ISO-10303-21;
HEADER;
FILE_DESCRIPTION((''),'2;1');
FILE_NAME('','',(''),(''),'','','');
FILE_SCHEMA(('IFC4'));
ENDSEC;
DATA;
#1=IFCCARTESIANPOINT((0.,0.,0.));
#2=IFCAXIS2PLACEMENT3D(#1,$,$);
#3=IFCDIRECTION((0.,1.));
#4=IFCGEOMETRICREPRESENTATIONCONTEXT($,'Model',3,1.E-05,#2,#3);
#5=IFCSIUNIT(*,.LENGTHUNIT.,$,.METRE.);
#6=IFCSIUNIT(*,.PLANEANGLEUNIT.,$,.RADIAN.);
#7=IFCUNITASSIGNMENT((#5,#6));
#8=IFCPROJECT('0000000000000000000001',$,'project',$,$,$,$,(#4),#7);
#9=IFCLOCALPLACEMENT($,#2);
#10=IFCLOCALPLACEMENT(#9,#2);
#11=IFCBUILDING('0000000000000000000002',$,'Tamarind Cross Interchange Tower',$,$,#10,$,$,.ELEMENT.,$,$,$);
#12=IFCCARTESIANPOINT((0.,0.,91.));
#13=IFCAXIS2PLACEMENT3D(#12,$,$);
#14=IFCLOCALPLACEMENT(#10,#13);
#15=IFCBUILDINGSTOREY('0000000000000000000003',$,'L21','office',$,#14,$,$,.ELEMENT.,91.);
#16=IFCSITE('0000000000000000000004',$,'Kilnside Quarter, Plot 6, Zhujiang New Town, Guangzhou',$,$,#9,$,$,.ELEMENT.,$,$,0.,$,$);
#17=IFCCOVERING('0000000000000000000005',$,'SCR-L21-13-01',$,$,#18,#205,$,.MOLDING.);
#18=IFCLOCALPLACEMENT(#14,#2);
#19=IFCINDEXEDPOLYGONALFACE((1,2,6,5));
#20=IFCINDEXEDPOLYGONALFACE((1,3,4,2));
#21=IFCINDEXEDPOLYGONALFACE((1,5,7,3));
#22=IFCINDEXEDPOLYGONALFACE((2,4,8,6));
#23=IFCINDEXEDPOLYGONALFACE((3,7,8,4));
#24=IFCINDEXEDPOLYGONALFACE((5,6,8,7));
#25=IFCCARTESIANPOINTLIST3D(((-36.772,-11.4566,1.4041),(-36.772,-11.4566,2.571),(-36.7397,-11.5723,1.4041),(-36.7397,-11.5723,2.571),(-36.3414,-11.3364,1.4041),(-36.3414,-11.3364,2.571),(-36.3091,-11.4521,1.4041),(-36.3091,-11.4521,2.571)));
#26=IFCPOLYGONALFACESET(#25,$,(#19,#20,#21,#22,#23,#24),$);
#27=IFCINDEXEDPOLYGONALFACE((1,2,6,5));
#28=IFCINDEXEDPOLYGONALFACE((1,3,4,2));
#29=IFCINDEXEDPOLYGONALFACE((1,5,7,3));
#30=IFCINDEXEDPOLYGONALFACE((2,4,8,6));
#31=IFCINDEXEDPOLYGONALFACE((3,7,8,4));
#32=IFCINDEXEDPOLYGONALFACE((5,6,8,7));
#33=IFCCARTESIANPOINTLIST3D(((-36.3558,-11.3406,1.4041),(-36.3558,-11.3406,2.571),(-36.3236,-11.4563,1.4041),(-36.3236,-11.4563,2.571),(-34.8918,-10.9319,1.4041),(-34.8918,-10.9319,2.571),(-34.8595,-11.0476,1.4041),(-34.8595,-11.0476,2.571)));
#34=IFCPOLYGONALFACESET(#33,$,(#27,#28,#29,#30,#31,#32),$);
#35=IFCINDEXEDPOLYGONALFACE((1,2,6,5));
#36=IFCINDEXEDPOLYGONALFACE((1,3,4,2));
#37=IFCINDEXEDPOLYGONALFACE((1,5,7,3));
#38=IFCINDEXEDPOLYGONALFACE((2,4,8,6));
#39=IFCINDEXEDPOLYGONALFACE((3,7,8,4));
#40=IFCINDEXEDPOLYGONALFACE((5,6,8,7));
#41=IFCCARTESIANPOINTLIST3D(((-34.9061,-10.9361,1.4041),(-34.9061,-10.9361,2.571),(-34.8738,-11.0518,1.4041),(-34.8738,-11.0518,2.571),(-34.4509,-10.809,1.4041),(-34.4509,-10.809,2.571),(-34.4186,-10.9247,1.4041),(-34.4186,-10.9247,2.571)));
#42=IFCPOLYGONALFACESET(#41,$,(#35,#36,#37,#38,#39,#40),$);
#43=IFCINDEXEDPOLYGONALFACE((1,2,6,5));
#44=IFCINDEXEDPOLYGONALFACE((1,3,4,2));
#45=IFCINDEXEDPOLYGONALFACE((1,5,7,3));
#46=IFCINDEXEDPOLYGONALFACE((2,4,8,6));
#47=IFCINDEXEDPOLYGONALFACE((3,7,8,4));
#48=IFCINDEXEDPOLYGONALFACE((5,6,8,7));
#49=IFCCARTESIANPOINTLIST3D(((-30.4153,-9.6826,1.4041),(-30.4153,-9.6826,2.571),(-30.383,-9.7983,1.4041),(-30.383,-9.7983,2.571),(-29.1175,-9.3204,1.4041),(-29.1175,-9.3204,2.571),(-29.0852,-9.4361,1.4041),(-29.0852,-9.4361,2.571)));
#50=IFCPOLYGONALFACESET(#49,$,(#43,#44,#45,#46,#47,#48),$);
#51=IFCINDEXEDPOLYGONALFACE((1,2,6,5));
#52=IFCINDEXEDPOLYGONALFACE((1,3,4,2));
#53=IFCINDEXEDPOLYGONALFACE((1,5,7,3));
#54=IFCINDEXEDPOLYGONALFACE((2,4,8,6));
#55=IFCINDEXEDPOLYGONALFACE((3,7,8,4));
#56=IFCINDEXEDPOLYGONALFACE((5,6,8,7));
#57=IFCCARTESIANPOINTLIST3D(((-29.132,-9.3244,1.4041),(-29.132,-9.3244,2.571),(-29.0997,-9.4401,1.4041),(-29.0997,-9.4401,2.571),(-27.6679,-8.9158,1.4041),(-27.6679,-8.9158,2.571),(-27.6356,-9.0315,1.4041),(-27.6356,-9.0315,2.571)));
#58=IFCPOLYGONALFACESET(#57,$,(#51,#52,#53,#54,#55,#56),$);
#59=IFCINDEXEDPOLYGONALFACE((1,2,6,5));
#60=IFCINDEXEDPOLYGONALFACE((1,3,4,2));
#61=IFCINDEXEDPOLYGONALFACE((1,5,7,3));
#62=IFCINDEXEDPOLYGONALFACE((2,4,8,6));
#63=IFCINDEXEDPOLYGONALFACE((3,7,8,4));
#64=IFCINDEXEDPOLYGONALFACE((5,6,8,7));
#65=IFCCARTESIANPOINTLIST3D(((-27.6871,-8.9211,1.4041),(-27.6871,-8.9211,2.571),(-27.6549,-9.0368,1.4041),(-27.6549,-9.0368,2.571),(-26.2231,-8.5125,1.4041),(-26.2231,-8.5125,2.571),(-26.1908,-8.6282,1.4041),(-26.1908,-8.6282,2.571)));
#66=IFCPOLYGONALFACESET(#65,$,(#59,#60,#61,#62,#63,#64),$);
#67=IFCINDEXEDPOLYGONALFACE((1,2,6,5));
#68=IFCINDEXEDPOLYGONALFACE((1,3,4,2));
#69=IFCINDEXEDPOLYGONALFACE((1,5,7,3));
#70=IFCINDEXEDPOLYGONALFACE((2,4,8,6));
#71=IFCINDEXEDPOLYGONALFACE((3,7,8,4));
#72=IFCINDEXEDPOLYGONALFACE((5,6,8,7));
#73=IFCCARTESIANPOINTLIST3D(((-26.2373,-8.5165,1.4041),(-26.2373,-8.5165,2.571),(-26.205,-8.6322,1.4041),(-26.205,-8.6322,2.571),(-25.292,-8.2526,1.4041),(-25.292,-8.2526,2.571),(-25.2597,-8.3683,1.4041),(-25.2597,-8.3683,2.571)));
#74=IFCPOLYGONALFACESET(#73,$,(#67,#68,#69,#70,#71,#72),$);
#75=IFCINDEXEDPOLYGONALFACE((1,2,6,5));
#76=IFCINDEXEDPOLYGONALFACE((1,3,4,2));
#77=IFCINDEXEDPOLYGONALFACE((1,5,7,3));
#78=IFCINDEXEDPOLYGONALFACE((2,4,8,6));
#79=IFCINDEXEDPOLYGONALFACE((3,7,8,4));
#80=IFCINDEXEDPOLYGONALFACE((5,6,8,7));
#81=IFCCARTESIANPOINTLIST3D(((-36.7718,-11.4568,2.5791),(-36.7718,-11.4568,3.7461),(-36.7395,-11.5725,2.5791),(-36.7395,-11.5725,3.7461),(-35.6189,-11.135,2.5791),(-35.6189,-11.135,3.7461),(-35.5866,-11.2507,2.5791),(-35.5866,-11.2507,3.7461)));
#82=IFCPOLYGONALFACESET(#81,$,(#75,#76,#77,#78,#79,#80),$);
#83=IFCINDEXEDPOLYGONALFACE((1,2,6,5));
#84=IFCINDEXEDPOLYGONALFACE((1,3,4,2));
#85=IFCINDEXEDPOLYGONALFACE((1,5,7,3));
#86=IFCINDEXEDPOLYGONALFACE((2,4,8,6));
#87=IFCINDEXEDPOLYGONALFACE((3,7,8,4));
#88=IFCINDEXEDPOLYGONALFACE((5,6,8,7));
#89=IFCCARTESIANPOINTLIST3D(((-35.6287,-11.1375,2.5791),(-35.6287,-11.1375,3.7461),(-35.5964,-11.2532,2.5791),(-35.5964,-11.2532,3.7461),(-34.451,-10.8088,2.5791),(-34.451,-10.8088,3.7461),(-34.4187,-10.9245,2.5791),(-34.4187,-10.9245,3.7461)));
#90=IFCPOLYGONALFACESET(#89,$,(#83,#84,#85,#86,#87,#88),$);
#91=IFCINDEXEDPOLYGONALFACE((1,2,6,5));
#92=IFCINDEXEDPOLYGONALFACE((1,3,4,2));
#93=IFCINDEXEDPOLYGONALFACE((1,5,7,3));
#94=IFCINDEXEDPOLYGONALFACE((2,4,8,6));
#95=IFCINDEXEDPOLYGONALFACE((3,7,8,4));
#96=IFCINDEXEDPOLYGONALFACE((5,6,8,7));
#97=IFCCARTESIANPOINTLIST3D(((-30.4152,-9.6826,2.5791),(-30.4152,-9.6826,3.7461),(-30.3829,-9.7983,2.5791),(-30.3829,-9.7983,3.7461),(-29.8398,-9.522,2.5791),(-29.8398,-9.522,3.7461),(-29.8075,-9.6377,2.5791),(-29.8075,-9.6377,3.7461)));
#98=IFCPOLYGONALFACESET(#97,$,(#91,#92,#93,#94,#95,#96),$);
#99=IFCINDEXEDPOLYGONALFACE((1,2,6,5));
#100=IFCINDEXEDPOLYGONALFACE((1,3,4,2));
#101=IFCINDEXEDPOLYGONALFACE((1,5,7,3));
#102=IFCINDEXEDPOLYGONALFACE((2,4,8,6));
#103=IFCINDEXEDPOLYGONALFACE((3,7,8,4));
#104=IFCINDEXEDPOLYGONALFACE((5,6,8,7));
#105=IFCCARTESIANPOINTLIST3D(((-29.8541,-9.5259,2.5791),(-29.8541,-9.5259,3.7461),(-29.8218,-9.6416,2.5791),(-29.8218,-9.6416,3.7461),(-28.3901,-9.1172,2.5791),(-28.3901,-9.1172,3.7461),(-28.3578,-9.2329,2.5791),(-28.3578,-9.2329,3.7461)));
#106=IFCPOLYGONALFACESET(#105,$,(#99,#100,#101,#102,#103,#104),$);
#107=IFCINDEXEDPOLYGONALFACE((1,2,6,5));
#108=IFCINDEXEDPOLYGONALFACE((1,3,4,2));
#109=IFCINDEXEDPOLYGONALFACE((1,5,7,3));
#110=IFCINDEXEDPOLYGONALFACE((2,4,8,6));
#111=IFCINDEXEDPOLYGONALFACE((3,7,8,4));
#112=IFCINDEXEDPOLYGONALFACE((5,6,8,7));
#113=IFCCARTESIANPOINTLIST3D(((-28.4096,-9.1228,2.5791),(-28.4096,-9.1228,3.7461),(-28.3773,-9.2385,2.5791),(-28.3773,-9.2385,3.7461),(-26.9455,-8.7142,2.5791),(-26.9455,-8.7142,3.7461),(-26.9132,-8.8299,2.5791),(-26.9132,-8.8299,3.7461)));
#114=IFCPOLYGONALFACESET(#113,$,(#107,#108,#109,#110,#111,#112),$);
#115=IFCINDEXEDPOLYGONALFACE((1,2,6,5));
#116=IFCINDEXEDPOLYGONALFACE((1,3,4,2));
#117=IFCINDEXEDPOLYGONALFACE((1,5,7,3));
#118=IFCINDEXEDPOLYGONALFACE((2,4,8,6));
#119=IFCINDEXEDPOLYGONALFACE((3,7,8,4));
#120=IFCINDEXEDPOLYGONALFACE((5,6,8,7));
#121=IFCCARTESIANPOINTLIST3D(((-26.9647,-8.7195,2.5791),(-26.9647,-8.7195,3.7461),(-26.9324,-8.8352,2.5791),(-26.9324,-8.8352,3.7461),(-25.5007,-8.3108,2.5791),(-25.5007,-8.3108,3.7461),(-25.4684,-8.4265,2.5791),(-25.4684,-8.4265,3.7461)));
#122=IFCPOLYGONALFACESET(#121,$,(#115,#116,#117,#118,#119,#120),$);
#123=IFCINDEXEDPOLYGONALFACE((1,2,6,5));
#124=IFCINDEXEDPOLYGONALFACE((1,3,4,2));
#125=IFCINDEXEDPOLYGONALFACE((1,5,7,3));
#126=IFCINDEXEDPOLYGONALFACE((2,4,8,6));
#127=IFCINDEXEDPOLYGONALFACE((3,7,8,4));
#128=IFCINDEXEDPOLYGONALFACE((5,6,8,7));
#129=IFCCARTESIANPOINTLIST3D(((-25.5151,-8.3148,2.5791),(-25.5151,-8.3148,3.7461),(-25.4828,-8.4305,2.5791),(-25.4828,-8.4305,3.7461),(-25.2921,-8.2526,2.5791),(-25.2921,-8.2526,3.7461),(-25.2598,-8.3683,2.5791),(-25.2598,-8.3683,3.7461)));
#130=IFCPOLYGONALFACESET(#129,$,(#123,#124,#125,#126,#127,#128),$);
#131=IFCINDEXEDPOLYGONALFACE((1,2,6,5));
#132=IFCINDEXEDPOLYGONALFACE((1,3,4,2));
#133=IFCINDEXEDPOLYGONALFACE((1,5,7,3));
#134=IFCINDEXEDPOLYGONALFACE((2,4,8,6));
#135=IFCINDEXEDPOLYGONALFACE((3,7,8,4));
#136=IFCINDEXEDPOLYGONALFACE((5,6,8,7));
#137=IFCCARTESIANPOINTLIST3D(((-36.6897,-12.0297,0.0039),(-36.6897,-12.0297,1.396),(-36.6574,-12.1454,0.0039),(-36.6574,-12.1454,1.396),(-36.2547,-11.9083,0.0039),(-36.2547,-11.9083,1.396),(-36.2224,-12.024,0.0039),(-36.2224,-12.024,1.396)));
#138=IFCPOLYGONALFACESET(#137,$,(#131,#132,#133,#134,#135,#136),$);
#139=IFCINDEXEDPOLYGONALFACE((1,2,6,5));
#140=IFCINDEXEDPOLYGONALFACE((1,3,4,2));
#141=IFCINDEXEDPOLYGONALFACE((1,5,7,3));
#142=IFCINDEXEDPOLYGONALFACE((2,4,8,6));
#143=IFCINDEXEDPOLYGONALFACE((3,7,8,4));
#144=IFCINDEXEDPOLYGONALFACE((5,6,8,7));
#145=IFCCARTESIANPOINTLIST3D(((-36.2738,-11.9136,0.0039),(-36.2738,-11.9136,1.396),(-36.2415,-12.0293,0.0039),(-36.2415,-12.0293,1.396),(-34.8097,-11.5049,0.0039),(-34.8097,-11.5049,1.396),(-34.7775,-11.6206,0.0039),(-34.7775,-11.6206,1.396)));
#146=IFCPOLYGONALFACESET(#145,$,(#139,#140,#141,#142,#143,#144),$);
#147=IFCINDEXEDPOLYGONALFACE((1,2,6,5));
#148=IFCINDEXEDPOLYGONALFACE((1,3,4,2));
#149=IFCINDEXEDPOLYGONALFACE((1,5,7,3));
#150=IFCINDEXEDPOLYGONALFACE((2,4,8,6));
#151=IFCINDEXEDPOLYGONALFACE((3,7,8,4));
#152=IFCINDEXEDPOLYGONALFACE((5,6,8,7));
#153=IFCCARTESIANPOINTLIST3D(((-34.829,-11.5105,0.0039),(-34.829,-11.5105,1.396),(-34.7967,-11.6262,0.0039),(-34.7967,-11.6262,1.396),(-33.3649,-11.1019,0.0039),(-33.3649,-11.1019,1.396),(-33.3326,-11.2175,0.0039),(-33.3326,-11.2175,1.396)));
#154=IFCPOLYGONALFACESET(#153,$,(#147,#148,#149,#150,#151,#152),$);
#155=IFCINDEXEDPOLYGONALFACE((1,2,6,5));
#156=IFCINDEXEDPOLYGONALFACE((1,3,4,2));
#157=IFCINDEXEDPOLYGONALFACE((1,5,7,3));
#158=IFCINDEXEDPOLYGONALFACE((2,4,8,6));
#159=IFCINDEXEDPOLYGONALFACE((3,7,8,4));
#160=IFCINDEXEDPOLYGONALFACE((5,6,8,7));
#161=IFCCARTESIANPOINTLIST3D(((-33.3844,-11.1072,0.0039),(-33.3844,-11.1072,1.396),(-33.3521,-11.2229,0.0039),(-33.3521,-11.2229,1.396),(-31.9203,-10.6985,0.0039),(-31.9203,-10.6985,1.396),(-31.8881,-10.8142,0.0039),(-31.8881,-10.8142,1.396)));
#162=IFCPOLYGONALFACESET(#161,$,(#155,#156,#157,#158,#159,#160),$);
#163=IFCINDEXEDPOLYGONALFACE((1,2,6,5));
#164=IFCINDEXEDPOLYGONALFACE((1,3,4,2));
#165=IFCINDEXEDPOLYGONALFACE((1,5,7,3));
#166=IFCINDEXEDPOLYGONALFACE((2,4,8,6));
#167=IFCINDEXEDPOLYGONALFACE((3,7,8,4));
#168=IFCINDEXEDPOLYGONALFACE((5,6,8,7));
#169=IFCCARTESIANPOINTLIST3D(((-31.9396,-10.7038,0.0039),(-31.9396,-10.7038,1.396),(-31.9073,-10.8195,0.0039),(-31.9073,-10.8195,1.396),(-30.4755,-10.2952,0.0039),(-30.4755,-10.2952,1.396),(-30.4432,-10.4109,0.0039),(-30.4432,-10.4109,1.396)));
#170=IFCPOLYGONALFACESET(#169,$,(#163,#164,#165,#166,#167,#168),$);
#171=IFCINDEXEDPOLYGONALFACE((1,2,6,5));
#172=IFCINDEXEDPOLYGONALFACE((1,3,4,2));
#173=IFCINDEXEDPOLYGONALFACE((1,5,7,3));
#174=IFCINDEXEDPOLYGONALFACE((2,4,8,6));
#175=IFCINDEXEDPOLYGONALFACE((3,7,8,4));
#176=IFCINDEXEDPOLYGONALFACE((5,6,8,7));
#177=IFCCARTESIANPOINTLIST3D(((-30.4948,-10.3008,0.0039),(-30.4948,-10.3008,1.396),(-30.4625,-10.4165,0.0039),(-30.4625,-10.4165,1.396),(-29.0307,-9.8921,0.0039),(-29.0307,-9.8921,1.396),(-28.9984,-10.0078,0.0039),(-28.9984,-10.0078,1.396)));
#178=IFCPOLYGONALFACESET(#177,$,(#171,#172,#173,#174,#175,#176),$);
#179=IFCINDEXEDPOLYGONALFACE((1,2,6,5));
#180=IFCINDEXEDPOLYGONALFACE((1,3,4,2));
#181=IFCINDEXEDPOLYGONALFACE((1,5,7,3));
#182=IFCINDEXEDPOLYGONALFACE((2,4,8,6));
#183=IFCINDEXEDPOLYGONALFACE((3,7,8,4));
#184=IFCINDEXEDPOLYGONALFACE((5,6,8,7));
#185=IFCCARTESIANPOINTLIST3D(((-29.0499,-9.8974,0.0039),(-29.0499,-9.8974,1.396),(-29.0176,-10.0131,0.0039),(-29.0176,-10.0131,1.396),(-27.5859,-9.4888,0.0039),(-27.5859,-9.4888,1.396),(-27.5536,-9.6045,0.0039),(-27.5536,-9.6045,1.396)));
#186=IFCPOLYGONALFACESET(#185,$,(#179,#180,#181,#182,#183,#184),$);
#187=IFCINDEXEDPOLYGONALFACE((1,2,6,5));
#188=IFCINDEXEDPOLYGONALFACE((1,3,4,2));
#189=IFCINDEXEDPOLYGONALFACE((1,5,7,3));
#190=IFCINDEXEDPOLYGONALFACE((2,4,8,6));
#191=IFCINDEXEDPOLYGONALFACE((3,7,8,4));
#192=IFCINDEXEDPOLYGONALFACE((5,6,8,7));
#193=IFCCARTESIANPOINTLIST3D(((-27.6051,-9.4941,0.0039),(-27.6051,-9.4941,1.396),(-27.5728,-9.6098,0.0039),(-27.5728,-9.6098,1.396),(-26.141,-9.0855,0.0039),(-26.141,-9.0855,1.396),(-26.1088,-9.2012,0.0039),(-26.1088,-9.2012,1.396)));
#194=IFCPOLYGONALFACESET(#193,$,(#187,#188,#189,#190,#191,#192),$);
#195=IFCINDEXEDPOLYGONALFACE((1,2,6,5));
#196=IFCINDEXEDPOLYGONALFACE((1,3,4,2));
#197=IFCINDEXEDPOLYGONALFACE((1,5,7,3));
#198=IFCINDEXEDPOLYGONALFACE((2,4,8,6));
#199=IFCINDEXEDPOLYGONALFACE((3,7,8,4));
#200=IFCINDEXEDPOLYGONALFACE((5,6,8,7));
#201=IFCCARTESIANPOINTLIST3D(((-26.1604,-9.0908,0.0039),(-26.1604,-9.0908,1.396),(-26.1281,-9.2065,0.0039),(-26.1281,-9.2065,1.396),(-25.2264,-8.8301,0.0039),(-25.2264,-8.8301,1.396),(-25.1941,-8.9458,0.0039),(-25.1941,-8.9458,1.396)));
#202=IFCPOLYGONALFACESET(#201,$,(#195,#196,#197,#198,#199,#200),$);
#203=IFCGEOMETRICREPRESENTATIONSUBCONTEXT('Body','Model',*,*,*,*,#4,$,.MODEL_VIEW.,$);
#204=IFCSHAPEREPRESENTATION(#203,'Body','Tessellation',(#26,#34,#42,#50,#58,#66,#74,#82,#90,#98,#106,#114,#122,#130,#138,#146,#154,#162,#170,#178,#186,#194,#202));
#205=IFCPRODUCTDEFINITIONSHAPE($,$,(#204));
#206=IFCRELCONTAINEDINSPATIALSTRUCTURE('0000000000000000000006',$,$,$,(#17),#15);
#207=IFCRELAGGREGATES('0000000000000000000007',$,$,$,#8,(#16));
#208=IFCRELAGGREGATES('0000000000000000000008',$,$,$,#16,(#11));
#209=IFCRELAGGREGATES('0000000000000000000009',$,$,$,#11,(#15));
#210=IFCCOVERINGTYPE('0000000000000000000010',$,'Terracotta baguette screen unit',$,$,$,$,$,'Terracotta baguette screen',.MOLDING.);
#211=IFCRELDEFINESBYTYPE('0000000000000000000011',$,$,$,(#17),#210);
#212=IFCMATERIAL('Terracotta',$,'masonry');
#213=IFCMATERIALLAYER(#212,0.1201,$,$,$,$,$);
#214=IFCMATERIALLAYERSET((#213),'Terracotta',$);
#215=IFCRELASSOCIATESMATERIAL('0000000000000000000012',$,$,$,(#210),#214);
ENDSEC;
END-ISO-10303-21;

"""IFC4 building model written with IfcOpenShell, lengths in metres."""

from ifc_helpers import new_model, si_unit, direction, frame, origin, origin_2d, place, context, subcontext, project, spatial, rectangle, extrude, material, layer, layer_set, type_object, element, save


model = new_model("IFC4")

# Units and contexts
model_context = context("Model", 3, precision=1e-05, world=origin(), true_north=direction((0.0, 1.0)))
body_context = subcontext(model_context, "Body", "Model", "MODEL_VIEW")
ifc_project = project(units=[si_unit("LENGTHUNIT", "METRE"), si_unit("PLANEANGLEUNIT", "RADIAN")], contexts=[model_context])

# Site, building, storey
site_placement = place(None, origin())
site = spatial("IfcSite", under=ifc_project, at=site_placement, Name="Kilnside Quarter, Plot 6, Zhujiang New Town, Guangzhou", CompositionType="ELEMENT", RefElevation=0.0)
building_placement = place(site_placement, origin())
building = spatial("IfcBuilding", under=site, at=building_placement, Name="Tamarind Cross Interchange Tower", CompositionType="ELEMENT")
storey_placement = place(building_placement, frame((0.0, 0.0, 91.0)))
storey = spatial("IfcBuildingStorey", under=building, at=storey_placement, Name="L21", Description="office", CompositionType="ELEMENT", Elevation=91.0)

# Covering
ifc_material_1 = material(Name="Terracotta", Category="masonry")
ifc_layer_1 = layer(ifc_material_1, 0.1201)
ifc_layer_set_1 = layer_set([ifc_layer_1], Name="Terracotta")
covering_type = type_object("IfcCoveringType", Name="Terracotta baguette screen unit", ElementType="Terracotta baguette screen", PredefinedType="MOLDING", material=ifc_layer_set_1)
covering_1_placement = place(storey_placement, origin())
element("IfcCovering", 1, at=covering_1_placement, inside=storey, type_object=covering_type, Name="SCR-L21-13-01", PredefinedType="MOLDING", context=body_context, shape_type="SweptSolid", body=[
    extrude(rectangle(XDim=0.447, YDim=0.1201, at=origin_2d()), frame((-36.5405, -11.4543, 1.4041), z_axis=(0.0, 0.0, 1.0), x_axis=(0.963187, 0.268831, 0.0)), (0.0, 0.0, 1.0), 1.167),
    extrude(rectangle(XDim=1.52, YDim=0.1201, at=origin_2d()), frame((-35.6077, -11.1941, 1.4041), z_axis=(0.0, 0.0, 1.0), x_axis=(0.963187, 0.268831, 0.0)), (0.0, 0.0, 1.0), 1.167),
    extrude(rectangle(XDim=0.4727, YDim=0.1201, at=origin_2d()), frame((-34.6624, -10.9304, 1.4041), z_axis=(0.0, 0.0, 1.0), x_axis=(0.963187, 0.268831, 0.0)), (0.0, 0.0, 1.0), 1.167),
    extrude(rectangle(XDim=1.3474, YDim=0.1201, at=origin_2d()), frame((-29.7502, -9.5593, 1.4041), z_axis=(0.0, 0.0, 1.0), x_axis=(0.963187, 0.268831, 0.0)), (0.0, 0.0, 1.0), 1.167),
    extrude(rectangle(XDim=1.52, YDim=0.1201, at=origin_2d()), frame((-28.3838, -9.178, 1.4041), z_axis=(0.0, 0.0, 1.0), x_axis=(0.963187, 0.268831, 0.0)), (0.0, 0.0, 1.0), 1.167),
    extrude(rectangle(XDim=1.52, YDim=0.1201, at=origin_2d()), frame((-26.939, -8.7747, 1.4041), z_axis=(0.0, 0.0, 1.0), x_axis=(0.963187, 0.268831, 0.0)), (0.0, 0.0, 1.0), 1.167),
    extrude(rectangle(XDim=0.9814, YDim=0.1201, at=origin_2d()), frame((-25.7485, -8.4424, 1.4041), z_axis=(0.0, 0.0, 1.0), x_axis=(0.963187, 0.268831, 0.0)), (0.0, 0.0, 1.0), 1.167),
    extrude(rectangle(XDim=1.197, YDim=0.1201, at=origin_2d()), frame((-36.1792, -11.3538, 2.5791), z_axis=(0.0, 0.0, 1.0), x_axis=(0.963187, 0.268831, 0.0)), (0.0, 0.0, 1.0), 1.167),
    extrude(rectangle(XDim=1.2227, YDim=0.1201, at=origin_2d()), frame((-35.0237, -11.031, 2.5791), z_axis=(0.0, 0.0, 1.0), x_axis=(0.963187, 0.268831, 0.0)), (0.0, 0.0, 1.0), 1.167),
    extrude(rectangle(XDim=0.5974, YDim=0.1201, at=origin_2d()), frame((-30.1113, -9.6602, 2.5791), z_axis=(0.0, 0.0, 1.0), x_axis=(0.963187, 0.268831, 0.0)), (0.0, 0.0, 1.0), 1.167),
    extrude(rectangle(XDim=1.52, YDim=0.1201, at=origin_2d()), frame((-29.106, -9.3794, 2.5791), z_axis=(0.0, 0.0, 1.0), x_axis=(0.963187, 0.268831, 0.0)), (0.0, 0.0, 1.0), 1.167),
    extrude(rectangle(XDim=1.52, YDim=0.1201, at=origin_2d()), frame((-27.6614, -8.9763, 2.5791), z_axis=(0.0, 0.0, 1.0), x_axis=(0.963187, 0.268831, 0.0)), (0.0, 0.0, 1.0), 1.167),
    extrude(rectangle(XDim=1.52, YDim=0.1201, at=origin_2d()), frame((-26.2166, -8.573, 2.5791), z_axis=(0.0, 0.0, 1.0), x_axis=(0.963187, 0.268831, 0.0)), (0.0, 0.0, 1.0), 1.167),
    extrude(rectangle(XDim=0.2314, YDim=0.1201, at=origin_2d()), frame((-25.3875, -8.3416, 2.5791), z_axis=(0.0, 0.0, 1.0), x_axis=(0.963187, 0.268831, 0.0)), (0.0, 0.0, 1.0), 1.167),
    extrude(rectangle(XDim=0.4517, YDim=0.1201, at=origin_2d()), frame((-36.4561, -12.0269, 0.0039), z_axis=(0.0, 0.0, 1.0), x_axis=(0.963187, 0.268831, 0.0)), (0.0, 0.0, 1.0), 1.3921),
    extrude(rectangle(XDim=1.52, YDim=0.1201, at=origin_2d()), frame((-35.5256, -11.7671, 0.0039), z_axis=(0.0, 0.0, 1.0), x_axis=(0.963187, 0.268831, 0.0)), (0.0, 0.0, 1.0), 1.3921),
    extrude(rectangle(XDim=1.52, YDim=0.1201, at=origin_2d()), frame((-34.0808, -11.364, 0.0039), z_axis=(0.0, 0.0, 1.0), x_axis=(0.963187, 0.268831, 0.0)), (0.0, 0.0, 1.0), 1.3921),
    extrude(rectangle(XDim=1.52, YDim=0.1201, at=origin_2d()), frame((-32.6362, -10.9607, 0.0039), z_axis=(0.0, 0.0, 1.0), x_axis=(0.963187, 0.268831, 0.0)), (0.0, 0.0, 1.0), 1.3921),
    extrude(rectangle(XDim=1.52, YDim=0.1201, at=origin_2d()), frame((-31.1914, -10.5574, 0.0039), z_axis=(0.0, 0.0, 1.0), x_axis=(0.963187, 0.268831, 0.0)), (0.0, 0.0, 1.0), 1.3921),
    extrude(rectangle(XDim=1.52, YDim=0.1201, at=origin_2d()), frame((-29.7466, -10.1543, 0.0039), z_axis=(0.0, 0.0, 1.0), x_axis=(0.963187, 0.268831, 0.0)), (0.0, 0.0, 1.0), 1.3921),
    extrude(rectangle(XDim=1.52, YDim=0.1201, at=origin_2d()), frame((-28.3018, -9.751, 0.0039), z_axis=(0.0, 0.0, 1.0), x_axis=(0.963187, 0.268831, 0.0)), (0.0, 0.0, 1.0), 1.3921),
    extrude(rectangle(XDim=1.52, YDim=0.1201, at=origin_2d()), frame((-26.8569, -9.3477, 0.0039), z_axis=(0.0, 0.0, 1.0), x_axis=(0.963187, 0.268831, 0.0)), (0.0, 0.0, 1.0), 1.3921),
    extrude(rectangle(XDim=0.9697, YDim=0.1201, at=origin_2d()), frame((-25.6772, -9.0183, 0.0039), z_axis=(0.0, 0.0, 1.0), x_axis=(0.963187, 0.268831, 0.0)), (0.0, 0.0, 1.0), 1.3921),
])

save(model, "model.ifc")
